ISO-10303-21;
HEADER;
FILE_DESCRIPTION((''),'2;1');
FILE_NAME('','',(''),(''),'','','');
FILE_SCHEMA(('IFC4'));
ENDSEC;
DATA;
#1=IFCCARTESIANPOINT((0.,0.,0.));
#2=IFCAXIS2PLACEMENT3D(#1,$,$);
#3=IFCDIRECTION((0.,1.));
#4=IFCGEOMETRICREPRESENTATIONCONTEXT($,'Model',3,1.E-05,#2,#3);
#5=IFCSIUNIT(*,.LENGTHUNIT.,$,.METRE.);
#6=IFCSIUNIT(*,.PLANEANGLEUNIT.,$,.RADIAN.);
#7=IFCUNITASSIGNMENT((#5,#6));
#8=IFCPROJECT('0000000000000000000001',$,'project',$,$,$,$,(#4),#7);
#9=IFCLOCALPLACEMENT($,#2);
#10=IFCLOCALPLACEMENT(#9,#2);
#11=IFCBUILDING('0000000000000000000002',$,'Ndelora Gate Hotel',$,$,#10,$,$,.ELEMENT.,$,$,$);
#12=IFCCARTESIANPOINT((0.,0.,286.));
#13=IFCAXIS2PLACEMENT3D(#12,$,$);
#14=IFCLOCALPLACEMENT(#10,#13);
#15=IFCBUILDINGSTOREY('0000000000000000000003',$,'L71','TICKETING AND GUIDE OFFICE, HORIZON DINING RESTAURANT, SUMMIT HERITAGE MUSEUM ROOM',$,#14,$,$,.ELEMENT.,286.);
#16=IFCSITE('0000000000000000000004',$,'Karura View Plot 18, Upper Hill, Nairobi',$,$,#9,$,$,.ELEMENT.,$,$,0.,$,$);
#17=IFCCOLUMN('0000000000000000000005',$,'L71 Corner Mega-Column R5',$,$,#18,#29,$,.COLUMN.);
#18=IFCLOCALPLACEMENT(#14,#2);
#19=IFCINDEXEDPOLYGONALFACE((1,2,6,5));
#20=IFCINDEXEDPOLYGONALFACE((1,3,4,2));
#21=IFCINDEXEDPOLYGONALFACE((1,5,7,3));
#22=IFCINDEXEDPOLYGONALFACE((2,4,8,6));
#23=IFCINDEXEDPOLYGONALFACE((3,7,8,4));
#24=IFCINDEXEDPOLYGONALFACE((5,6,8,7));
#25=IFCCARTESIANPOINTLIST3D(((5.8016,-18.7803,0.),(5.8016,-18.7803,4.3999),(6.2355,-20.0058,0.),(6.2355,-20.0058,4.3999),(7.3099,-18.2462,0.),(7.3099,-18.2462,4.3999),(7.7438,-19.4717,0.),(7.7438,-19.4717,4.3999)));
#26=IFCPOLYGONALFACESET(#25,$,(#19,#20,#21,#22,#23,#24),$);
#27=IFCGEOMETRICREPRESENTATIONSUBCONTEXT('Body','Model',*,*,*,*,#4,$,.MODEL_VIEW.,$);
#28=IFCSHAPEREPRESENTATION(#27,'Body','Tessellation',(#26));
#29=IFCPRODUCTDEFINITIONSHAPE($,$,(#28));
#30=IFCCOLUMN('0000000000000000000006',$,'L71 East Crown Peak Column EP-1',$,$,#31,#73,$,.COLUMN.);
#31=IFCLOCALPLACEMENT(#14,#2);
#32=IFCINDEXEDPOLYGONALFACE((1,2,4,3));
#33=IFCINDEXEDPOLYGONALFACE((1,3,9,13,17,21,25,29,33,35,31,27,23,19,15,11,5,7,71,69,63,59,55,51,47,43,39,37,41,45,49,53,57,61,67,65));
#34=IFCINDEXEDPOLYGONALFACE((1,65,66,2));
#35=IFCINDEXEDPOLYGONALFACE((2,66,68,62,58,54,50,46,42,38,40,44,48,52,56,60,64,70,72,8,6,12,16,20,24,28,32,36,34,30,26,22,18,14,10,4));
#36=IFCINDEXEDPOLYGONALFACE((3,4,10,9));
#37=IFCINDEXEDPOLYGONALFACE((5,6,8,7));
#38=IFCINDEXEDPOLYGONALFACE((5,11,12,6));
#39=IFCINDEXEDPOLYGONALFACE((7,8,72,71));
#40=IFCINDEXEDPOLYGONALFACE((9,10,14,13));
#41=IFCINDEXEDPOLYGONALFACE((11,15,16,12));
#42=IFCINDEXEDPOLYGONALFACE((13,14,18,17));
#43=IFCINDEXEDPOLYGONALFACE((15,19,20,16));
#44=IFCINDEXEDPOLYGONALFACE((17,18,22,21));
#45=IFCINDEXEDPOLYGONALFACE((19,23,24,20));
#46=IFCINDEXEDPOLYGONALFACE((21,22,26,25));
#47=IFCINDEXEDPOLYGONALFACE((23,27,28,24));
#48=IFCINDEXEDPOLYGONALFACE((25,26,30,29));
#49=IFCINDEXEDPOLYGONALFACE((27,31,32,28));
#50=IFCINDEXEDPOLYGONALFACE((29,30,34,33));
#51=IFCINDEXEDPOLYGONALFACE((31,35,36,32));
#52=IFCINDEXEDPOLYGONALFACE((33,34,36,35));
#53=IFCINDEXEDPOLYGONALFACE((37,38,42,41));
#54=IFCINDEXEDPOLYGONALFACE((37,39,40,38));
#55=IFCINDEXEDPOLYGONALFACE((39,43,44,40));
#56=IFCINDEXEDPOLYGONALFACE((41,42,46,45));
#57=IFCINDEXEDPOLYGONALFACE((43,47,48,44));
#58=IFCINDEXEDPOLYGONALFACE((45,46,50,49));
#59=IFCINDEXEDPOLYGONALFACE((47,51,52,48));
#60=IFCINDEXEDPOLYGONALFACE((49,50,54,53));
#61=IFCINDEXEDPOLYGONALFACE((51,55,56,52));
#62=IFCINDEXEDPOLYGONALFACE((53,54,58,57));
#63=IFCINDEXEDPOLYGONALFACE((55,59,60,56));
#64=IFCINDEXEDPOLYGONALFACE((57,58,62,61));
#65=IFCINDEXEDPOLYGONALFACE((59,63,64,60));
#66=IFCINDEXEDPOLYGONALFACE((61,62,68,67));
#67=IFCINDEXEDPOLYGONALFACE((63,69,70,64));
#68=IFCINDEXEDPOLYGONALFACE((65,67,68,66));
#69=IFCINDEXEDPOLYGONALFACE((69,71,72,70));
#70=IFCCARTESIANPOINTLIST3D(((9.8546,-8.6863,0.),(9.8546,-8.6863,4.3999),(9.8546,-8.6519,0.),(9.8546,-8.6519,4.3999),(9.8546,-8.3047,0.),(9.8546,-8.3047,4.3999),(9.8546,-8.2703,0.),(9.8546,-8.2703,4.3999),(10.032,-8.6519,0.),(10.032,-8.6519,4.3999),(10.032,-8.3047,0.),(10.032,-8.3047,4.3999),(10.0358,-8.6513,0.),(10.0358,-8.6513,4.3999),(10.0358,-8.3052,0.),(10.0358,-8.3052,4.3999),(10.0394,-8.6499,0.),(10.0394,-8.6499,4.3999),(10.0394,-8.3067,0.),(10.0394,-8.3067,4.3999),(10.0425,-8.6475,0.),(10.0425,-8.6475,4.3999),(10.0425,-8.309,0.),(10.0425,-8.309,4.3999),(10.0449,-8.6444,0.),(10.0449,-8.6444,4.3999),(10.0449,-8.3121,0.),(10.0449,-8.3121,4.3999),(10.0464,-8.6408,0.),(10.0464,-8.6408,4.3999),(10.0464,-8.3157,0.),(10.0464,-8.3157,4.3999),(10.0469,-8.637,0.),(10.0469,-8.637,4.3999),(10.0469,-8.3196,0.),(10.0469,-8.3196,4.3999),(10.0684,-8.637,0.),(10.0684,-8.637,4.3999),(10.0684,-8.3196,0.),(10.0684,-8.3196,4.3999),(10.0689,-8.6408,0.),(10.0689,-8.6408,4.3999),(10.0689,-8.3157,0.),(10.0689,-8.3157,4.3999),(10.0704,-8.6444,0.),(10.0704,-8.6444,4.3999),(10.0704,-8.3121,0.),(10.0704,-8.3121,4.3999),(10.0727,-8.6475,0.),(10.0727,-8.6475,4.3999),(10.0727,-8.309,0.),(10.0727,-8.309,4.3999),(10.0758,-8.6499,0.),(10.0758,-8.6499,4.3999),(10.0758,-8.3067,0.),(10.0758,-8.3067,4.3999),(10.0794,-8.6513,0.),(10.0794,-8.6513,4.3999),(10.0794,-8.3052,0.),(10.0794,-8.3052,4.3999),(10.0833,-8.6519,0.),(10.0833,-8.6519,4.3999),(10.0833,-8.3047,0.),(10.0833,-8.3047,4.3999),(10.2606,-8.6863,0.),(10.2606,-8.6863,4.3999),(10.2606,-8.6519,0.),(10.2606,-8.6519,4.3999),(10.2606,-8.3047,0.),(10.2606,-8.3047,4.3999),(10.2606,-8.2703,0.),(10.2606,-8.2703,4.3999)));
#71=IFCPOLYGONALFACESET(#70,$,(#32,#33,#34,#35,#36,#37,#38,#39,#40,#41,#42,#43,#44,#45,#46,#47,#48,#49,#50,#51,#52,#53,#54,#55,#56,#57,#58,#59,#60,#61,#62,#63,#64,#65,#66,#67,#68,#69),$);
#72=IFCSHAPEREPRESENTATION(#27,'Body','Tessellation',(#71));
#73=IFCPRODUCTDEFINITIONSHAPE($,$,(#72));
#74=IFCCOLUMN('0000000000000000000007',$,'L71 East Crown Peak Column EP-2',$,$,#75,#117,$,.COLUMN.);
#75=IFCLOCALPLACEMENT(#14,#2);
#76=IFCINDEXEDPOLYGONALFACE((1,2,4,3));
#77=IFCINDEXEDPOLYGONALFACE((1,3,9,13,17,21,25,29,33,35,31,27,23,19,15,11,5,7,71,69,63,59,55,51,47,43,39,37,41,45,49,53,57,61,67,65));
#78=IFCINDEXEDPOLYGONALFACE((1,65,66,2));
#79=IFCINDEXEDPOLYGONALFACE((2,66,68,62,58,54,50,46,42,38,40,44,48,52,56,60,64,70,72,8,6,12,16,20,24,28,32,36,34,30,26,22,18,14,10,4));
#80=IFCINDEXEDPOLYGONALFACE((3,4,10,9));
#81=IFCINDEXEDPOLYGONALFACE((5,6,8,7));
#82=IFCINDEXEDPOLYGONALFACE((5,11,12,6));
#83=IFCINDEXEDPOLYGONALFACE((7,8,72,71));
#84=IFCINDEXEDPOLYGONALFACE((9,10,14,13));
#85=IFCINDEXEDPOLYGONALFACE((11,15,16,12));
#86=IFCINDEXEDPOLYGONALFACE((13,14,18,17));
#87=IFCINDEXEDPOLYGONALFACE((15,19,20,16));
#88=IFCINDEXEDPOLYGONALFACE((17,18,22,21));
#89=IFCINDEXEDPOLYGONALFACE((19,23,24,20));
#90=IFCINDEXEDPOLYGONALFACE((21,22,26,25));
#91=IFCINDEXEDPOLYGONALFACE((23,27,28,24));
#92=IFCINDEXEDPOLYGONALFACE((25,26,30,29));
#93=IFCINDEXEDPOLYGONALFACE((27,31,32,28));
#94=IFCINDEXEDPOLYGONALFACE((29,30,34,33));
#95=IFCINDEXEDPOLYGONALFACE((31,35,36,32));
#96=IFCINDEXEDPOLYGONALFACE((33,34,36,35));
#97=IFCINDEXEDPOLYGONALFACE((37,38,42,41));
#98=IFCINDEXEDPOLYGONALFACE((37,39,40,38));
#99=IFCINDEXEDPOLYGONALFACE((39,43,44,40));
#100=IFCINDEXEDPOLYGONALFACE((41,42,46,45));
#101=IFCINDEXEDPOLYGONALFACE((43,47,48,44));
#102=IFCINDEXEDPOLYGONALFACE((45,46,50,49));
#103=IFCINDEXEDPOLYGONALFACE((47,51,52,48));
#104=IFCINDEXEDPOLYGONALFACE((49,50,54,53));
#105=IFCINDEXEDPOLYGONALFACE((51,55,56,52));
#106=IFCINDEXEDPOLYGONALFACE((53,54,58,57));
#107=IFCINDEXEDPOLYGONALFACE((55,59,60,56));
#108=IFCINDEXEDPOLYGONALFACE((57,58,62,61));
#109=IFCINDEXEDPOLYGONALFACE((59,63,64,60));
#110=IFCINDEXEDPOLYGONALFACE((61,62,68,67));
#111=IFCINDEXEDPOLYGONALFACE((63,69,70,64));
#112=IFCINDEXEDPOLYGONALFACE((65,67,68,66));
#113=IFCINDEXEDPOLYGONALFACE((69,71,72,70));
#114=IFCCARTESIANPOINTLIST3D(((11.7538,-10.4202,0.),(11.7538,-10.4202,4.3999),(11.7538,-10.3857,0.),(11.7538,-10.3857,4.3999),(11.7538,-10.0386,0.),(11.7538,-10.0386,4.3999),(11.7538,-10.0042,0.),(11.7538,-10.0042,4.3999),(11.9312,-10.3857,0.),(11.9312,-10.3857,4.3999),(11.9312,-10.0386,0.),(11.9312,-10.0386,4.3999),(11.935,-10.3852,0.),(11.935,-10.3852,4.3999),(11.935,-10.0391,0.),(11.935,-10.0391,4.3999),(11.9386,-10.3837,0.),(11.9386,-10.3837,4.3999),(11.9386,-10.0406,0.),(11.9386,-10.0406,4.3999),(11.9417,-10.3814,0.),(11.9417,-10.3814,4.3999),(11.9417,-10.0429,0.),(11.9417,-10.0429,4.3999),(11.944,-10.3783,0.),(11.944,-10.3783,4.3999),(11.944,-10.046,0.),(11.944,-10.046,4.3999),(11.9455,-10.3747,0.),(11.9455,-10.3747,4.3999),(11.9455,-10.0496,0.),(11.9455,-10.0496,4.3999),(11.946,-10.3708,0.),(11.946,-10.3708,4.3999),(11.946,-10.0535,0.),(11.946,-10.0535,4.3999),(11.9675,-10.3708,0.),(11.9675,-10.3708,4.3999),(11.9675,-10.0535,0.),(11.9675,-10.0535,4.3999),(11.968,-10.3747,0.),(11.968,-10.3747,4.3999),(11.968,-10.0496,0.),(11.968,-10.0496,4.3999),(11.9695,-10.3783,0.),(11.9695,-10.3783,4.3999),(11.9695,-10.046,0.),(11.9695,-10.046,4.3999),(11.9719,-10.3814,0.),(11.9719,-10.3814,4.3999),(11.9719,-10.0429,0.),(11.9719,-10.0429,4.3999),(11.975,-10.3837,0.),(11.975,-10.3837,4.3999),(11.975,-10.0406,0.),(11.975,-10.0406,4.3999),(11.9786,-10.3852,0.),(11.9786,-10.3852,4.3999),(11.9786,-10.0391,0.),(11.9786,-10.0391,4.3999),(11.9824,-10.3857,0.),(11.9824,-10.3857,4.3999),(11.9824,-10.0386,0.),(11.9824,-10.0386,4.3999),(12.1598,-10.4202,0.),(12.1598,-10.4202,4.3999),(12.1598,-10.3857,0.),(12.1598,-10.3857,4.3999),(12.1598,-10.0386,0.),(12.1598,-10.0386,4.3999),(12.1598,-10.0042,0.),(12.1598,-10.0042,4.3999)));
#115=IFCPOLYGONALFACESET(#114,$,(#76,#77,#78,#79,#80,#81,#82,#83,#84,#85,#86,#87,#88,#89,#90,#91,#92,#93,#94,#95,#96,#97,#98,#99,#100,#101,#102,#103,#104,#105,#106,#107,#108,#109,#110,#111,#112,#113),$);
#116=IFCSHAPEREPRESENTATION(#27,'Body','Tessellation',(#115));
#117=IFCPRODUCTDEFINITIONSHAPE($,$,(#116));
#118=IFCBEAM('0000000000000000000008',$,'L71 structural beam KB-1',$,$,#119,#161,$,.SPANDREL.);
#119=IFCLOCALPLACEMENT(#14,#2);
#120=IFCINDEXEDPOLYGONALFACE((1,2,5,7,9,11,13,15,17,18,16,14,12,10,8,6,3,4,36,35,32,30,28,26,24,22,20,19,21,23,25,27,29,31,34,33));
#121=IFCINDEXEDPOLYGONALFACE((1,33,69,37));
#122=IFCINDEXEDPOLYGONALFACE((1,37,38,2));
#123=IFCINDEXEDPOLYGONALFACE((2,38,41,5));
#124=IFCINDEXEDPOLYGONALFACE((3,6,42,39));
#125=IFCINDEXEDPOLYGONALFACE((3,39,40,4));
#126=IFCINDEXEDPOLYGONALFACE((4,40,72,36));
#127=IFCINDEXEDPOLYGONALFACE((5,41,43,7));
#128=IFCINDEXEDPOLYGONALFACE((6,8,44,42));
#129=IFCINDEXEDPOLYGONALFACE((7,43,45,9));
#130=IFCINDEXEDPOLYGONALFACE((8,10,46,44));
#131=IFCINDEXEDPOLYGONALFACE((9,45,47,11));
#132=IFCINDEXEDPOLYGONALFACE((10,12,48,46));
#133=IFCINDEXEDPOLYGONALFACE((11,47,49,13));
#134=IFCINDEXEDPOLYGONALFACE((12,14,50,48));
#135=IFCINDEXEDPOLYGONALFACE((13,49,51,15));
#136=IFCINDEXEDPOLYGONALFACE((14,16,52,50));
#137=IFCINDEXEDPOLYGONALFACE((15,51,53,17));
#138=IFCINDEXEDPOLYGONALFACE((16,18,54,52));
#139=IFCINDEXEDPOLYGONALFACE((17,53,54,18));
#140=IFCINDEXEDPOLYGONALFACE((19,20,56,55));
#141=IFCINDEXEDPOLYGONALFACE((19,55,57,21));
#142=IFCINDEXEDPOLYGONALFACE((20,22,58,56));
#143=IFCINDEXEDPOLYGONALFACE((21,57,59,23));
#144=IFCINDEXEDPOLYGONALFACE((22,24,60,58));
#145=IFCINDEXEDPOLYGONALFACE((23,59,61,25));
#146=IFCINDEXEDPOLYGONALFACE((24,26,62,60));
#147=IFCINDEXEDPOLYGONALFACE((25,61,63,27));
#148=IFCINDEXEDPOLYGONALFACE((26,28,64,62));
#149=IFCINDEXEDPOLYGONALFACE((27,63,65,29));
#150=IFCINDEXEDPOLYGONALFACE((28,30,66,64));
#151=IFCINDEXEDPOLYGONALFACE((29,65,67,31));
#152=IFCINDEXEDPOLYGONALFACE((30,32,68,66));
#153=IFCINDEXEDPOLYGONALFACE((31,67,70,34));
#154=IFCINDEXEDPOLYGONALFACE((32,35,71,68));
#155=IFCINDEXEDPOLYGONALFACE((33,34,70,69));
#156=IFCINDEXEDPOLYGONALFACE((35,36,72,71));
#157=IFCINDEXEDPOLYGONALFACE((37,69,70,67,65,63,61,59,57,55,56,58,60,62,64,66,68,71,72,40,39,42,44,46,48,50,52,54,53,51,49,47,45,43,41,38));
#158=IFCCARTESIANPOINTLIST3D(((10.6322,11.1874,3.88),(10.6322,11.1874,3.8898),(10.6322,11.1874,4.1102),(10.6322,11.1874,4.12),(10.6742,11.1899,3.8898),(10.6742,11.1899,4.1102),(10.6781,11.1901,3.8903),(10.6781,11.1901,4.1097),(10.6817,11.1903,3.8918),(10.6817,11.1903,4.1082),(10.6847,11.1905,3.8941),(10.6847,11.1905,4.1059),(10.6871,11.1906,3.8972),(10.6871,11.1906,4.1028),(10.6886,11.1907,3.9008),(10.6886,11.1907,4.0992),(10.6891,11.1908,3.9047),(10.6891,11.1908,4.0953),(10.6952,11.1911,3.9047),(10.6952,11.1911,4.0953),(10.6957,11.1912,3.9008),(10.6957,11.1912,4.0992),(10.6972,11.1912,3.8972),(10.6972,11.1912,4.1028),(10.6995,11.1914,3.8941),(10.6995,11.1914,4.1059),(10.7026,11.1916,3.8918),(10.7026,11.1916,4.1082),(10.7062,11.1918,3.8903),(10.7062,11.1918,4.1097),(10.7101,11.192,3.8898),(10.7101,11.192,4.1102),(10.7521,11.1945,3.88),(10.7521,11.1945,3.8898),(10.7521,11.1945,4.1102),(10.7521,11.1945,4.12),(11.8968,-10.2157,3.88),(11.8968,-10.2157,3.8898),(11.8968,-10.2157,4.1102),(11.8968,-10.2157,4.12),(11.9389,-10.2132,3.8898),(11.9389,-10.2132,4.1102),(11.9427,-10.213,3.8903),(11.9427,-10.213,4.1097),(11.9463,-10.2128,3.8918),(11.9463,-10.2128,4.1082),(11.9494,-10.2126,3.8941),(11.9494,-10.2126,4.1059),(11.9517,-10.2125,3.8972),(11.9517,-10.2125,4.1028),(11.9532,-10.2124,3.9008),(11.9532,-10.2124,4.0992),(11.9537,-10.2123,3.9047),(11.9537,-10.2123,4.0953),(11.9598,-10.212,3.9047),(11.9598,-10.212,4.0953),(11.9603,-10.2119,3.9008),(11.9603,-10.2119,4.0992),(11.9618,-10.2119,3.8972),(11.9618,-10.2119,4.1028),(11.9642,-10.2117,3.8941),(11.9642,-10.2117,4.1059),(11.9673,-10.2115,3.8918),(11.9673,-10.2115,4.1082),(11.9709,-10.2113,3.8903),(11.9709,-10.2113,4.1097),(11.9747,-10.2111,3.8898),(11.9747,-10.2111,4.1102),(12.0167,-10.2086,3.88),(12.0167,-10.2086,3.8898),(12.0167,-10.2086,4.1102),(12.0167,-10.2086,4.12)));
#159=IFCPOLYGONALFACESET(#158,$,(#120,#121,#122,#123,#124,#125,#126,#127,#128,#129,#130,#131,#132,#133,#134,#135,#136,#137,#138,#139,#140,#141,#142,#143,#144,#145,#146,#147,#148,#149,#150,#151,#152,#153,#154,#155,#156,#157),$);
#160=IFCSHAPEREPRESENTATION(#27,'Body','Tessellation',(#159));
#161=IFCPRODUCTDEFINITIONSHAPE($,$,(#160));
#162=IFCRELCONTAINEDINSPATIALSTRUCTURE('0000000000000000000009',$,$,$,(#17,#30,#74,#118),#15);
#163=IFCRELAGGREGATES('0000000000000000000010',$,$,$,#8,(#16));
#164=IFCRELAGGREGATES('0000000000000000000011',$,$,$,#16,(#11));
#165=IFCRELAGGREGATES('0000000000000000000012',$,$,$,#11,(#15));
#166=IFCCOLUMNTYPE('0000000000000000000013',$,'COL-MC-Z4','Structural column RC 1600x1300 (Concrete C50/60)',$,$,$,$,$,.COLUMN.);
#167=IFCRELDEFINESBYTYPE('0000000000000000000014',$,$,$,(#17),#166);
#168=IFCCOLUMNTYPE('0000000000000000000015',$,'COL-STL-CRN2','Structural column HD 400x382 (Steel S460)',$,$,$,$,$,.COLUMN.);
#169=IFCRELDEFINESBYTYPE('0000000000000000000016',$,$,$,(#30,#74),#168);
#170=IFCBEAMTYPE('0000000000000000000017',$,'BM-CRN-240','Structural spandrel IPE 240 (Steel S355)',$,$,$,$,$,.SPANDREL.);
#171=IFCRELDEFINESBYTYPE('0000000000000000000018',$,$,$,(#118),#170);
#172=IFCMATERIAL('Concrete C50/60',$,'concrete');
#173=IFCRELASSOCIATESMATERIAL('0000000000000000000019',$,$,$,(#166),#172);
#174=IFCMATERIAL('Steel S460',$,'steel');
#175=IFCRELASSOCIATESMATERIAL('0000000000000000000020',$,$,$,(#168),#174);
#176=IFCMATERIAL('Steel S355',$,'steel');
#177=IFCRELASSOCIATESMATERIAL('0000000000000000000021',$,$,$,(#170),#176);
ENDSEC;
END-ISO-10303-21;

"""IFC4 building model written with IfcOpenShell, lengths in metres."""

from ifc_helpers import new_model, si_unit, direction, frame, origin, origin_2d, place, context, subcontext, project, spatial, rectangle, i_section, extrude, material, material_profile, profile_set, type_object, element, save


model = new_model("IFC4")

# Units and contexts
model_context = context("Model", 3, precision=1e-05, world=origin(), true_north=direction((0.0, 1.0)))
body_context = subcontext(model_context, "Body", "Model", "MODEL_VIEW")
ifc_project = project(units=[si_unit("LENGTHUNIT", "METRE"), si_unit("PLANEANGLEUNIT", "RADIAN")], contexts=[model_context])

# Site, building, storey
site_placement = place(None, origin())
site = spatial("IfcSite", under=ifc_project, at=site_placement, Name="Karura View Plot 18, Upper Hill, Nairobi", CompositionType="ELEMENT", RefElevation=0.0)
building_placement = place(site_placement, origin())
building = spatial("IfcBuilding", under=site, at=building_placement, Name="Ndelora Gate Hotel", CompositionType="ELEMENT")
storey_placement = place(building_placement, frame((0.0, 0.0, 286.0)))
storey = spatial("IfcBuildingStorey", under=building, at=storey_placement, Name="L71", Description="TICKETING AND GUIDE OFFICE, HORIZON DINING RESTAURANT, SUMMIT HERITAGE MUSEUM ROOM", CompositionType="ELEMENT", Elevation=286.0)

# Columns
ifc_material_1 = material(Name="Concrete C50/60", Category="concrete")
ifc_material_profile_1 = material_profile(ifc_material_1, rectangle(XDim=1.3, YDim=1.6001, at=origin_2d()), Name="RC 1600x1300")
ifc_profile_set_1 = profile_set([ifc_material_profile_1], Name="Concrete C50/60")
column_type_1 = type_object("IfcColumnType", Name="COL-MC-Z4", Description="Structural column RC 1600x1300 (Concrete C50/60)", PredefinedType="COLUMN", material=ifc_profile_set_1)
column_placement = place(storey_placement, frame((6.7727, -19.126, 0.0), z_axis=(0.0, 0.0, 1.0), x_axis=(-0.333807, 0.942641, 0.0)))
element("IfcColumn", 1, at=column_placement, inside=storey, type_object=column_type_1, Name="L71 Corner Mega-Column R5", PredefinedType="COLUMN", context=body_context, shape_type="SweptSolid", body=[
    extrude(rectangle(XDim=1.3, YDim=1.6001, at=origin_2d()), origin(), (0.0, 0.0, 1.0), 4.3999),
])
ifc_material_2 = material(Name="Steel S460", Category="steel")
ifc_material_profile_2 = material_profile(ifc_material_2, i_section(OverallWidth=0.406, OverallDepth=0.416, WebThickness=0.0215, FlangeThickness=0.0344, FilletRadius=0.0149, at=origin_2d()), Name="HD 400x382")
ifc_profile_set_2 = profile_set([ifc_material_profile_2], Name="Steel S460")
column_type_2 = type_object("IfcColumnType", Name="COL-STL-CRN2", Description="Structural column HD 400x382 (Steel S460)", PredefinedType="COLUMN", material=ifc_profile_set_2)
for number, where, z_axis, x_axis, name in (
    (2, (10.0576, -8.4783, 0.0), (0.0, 0.0, 1.0), (1.0, 0.0, 0.0), "L71 East Crown Peak Column EP-1"),
    (3, (11.9568, -10.2122, 0.0), (0.0, 0.0, 1.0), (1.0, 0.0, 0.0), "L71 East Crown Peak Column EP-2"),
):
    element("IfcColumn", number, at=place(storey_placement, frame(where, z_axis=z_axis, x_axis=x_axis)), inside=storey, type_object=column_type_2, Name=name, PredefinedType="COLUMN", context=body_context, shape_type="SweptSolid", body=[
        extrude(i_section(OverallWidth=0.406, OverallDepth=0.416, WebThickness=0.0215, FlangeThickness=0.0344, FilletRadius=0.0149, at=origin_2d()), origin(), (0.0, 0.0, 1.0), 4.3999),
    ])

# Beam
ifc_material_3 = material(Name="Steel S355", Category="steel")
ifc_material_profile_3 = material_profile(ifc_material_3, i_section(OverallWidth=0.1201, OverallDepth=0.24, WebThickness=0.0061, FlangeThickness=0.0098, FilletRadius=0.0149, at=origin_2d()), Name="IPE 240")
ifc_profile_set_3 = profile_set([ifc_material_profile_3], Name="Steel S355")
beam_type_1 = type_object("IfcBeamType", Name="BM-CRN-240", Description="Structural spandrel IPE 240 (Steel S355)", PredefinedType="SPANDREL", material=ifc_profile_set_3)
beam_1_placement = place(storey_placement, frame((11.9568, -10.2122, 4.0), z_axis=(-0.058984, 0.998259, 0.0), x_axis=(-0.998259, -0.058984, 0.0)))
element("IfcBeam", 4, at=beam_1_placement, inside=storey, type_object=beam_type_1, Name="L71 structural beam KB-1", PredefinedType="SPANDREL", context=body_context, shape_type="SweptSolid", body=[
    extrude(i_section(OverallWidth=0.1201, OverallDepth=0.24, WebThickness=0.0061, FlangeThickness=0.0098, FilletRadius=0.0149, at=origin_2d()), origin(), (0.0, 0.0, 1.0), 21.4404),
])

save(model, "model.ifc")
